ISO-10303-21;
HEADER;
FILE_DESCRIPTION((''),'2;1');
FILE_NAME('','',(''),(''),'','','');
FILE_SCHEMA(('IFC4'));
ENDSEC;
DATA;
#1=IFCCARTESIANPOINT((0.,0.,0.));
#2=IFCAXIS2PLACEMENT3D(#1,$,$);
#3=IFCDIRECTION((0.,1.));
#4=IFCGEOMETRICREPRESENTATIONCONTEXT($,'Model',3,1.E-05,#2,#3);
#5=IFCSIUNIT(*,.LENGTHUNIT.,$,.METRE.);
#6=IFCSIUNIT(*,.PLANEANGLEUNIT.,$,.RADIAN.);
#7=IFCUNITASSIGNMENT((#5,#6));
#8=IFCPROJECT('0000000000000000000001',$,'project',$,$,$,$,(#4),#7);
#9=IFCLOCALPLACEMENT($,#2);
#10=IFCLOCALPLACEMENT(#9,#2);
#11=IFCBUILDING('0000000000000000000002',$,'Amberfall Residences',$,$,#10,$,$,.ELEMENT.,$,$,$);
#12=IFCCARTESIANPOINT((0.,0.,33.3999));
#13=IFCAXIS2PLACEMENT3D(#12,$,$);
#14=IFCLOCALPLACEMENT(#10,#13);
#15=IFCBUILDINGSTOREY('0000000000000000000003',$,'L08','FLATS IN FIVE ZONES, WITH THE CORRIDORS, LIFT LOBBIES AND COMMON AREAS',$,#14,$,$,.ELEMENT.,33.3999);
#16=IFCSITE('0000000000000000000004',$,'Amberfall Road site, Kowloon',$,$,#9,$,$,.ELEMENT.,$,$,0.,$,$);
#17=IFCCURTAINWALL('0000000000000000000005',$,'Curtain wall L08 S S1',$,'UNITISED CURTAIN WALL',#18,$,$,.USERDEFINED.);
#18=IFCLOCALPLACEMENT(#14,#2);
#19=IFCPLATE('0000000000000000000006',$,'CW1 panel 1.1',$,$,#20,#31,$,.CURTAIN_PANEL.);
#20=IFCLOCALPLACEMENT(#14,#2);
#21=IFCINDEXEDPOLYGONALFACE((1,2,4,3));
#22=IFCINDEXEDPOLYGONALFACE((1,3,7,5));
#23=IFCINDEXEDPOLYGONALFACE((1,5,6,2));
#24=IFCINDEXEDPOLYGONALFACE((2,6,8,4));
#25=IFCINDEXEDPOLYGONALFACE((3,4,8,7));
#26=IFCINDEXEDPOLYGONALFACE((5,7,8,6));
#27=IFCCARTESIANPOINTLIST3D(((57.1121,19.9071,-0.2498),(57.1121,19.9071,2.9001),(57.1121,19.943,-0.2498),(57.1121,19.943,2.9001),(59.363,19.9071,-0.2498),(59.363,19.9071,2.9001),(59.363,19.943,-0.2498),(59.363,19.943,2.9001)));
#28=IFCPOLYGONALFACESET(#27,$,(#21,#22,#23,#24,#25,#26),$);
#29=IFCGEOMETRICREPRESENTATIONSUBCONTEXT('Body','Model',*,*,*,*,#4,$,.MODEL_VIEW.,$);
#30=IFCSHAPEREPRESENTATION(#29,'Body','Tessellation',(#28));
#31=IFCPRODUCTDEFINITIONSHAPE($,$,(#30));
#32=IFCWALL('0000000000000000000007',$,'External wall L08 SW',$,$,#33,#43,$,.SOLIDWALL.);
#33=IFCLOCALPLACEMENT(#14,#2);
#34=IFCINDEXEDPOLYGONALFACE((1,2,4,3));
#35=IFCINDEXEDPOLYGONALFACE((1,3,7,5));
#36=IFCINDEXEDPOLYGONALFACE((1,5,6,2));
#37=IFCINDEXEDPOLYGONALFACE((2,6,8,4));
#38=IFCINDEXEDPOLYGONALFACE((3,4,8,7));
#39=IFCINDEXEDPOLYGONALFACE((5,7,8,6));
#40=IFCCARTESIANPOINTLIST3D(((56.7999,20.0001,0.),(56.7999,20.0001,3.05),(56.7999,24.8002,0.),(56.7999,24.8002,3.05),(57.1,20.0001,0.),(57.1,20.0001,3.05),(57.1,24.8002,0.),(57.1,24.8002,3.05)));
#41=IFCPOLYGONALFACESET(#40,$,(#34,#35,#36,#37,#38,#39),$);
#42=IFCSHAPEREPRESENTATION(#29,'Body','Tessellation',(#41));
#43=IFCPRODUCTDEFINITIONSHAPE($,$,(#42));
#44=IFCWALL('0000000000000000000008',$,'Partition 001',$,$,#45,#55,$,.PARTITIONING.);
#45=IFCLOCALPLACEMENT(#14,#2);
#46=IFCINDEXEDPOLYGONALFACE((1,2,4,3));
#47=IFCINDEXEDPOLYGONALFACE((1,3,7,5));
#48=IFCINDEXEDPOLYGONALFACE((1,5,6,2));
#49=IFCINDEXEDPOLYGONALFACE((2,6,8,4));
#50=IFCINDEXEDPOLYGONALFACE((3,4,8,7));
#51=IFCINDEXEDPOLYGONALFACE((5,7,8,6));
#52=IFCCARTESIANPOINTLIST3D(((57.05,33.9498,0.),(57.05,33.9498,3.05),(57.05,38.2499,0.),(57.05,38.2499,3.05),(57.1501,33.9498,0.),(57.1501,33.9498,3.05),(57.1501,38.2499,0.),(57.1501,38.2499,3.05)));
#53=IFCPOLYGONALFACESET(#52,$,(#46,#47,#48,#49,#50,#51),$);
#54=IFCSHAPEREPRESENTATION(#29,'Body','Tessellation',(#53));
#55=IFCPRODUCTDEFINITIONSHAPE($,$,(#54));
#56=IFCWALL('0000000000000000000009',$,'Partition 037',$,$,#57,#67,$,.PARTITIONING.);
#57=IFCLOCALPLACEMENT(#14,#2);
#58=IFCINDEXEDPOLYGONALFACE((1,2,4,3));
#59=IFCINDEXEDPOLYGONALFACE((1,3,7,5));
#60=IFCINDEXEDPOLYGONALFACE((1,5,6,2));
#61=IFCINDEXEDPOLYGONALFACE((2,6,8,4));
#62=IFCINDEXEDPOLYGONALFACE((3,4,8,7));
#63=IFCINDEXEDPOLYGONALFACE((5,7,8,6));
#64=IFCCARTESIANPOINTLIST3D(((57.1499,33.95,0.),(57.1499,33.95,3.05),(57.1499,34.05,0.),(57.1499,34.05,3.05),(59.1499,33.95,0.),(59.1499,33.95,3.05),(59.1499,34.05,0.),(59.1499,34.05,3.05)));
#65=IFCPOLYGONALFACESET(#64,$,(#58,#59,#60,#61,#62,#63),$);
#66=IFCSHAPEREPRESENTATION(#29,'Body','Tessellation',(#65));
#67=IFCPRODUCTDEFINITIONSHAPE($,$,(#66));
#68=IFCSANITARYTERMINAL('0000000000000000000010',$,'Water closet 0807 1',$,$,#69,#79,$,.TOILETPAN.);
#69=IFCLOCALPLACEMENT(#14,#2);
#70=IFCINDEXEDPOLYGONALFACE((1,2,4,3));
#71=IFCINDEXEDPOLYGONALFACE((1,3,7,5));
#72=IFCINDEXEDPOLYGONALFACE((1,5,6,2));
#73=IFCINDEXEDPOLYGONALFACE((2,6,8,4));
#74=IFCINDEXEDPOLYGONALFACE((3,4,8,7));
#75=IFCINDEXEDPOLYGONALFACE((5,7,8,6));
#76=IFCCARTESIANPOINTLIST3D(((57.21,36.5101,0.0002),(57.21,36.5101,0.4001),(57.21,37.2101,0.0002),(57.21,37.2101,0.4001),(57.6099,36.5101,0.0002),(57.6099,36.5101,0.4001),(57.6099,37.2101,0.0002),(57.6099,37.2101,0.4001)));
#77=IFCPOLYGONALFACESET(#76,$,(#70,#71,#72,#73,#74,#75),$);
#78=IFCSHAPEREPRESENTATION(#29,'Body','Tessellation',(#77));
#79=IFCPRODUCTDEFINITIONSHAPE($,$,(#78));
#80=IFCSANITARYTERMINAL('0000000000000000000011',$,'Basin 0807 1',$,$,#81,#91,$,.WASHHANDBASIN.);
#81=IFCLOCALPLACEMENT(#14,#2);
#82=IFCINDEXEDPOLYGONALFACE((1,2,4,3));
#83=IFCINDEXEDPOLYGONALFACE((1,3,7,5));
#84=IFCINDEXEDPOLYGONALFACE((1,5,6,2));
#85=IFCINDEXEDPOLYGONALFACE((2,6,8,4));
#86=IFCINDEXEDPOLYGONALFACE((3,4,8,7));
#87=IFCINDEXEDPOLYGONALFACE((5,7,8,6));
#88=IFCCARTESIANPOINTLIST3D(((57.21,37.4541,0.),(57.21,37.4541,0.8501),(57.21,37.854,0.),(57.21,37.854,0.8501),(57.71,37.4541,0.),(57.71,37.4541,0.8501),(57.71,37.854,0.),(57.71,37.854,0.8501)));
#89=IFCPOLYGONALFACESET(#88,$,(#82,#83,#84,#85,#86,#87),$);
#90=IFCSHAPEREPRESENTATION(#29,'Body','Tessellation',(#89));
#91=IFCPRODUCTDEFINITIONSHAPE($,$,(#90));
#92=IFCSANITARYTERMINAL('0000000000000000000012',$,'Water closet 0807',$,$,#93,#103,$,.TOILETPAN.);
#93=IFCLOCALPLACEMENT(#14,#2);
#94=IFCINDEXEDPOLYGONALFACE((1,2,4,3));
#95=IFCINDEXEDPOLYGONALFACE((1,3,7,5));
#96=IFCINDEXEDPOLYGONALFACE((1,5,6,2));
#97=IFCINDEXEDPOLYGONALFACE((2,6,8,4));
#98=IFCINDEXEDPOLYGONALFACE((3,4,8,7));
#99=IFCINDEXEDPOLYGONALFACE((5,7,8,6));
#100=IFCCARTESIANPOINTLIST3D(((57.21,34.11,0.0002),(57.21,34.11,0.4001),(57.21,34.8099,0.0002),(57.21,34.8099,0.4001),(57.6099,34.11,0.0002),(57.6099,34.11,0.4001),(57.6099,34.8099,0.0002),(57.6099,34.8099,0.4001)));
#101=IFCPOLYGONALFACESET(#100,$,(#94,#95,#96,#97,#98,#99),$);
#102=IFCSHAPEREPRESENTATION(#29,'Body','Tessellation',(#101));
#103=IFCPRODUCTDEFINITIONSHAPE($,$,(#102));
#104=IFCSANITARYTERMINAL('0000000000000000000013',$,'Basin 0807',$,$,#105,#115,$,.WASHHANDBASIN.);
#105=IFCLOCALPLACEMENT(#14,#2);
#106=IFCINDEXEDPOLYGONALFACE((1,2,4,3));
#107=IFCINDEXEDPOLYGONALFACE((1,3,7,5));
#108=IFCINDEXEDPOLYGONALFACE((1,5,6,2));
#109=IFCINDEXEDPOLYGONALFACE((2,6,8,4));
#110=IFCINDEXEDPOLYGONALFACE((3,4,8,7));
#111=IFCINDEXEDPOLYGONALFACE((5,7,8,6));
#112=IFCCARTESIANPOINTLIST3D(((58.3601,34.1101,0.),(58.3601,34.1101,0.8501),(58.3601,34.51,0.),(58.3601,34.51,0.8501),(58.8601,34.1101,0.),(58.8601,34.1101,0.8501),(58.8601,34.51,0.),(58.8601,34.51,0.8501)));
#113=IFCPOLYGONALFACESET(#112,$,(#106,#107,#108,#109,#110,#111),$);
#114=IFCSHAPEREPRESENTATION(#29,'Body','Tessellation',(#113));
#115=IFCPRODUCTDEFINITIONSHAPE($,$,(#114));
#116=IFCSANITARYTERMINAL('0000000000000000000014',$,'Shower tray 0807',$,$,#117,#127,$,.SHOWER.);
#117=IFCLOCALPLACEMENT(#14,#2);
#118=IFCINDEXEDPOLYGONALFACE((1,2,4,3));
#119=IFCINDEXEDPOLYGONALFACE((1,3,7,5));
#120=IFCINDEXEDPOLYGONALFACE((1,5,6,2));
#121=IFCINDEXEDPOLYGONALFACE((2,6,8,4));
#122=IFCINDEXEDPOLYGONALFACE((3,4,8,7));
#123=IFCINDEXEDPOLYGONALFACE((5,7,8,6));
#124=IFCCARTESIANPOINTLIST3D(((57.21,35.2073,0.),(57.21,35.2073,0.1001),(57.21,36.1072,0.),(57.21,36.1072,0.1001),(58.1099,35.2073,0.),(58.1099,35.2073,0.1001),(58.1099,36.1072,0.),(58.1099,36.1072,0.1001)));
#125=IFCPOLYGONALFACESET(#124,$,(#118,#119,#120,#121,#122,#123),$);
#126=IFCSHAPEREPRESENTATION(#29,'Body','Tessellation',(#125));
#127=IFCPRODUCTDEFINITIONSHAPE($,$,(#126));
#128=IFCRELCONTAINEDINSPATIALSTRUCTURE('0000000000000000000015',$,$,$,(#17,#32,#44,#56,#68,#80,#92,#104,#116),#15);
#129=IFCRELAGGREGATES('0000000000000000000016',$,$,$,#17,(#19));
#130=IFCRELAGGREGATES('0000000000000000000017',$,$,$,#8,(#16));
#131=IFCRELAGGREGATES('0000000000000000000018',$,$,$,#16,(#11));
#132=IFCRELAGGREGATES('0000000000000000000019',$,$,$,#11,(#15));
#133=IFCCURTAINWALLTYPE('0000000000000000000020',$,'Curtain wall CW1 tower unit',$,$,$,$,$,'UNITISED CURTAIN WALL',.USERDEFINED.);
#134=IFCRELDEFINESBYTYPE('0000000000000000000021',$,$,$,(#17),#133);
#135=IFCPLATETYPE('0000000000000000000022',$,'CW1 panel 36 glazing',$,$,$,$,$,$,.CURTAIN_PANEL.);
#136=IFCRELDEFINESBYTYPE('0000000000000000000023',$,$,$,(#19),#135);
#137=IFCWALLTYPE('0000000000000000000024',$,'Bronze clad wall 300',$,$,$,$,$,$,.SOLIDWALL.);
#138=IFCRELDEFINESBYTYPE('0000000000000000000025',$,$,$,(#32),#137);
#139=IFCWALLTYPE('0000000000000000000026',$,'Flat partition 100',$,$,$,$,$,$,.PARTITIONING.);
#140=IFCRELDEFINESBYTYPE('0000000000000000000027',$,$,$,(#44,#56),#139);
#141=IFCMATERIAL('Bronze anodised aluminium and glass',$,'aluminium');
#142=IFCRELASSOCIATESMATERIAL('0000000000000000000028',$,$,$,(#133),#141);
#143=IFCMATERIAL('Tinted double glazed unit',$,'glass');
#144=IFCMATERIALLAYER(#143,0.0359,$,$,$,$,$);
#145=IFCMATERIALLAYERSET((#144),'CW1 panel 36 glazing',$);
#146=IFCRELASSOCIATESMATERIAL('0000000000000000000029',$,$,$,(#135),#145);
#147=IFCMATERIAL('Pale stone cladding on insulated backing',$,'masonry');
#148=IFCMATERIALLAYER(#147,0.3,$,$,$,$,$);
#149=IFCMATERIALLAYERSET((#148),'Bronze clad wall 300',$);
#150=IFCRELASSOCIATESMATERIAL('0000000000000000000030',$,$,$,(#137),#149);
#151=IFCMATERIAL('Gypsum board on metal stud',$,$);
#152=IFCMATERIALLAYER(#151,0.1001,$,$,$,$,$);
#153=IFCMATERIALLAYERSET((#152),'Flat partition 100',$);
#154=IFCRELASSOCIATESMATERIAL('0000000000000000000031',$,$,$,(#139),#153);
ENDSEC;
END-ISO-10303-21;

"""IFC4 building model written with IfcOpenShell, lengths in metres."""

from ifc_helpers import new_model, si_unit, direction, frame, frame_2d, origin, origin_2d, place, context, subcontext, project, spatial, rectangle, extrude, material, layer, layer_set, type_object, element, aggregate, save


model = new_model("IFC4")

# Units and contexts
model_context = context("Model", 3, precision=1e-05, world=origin(), true_north=direction((0.0, 1.0)))
body_context = subcontext(model_context, "Body", "Model", "MODEL_VIEW")
ifc_project = project(units=[si_unit("LENGTHUNIT", "METRE"), si_unit("PLANEANGLEUNIT", "RADIAN")], contexts=[model_context])

# Site, building, storey
site_placement = place(None, origin())
site = spatial("IfcSite", under=ifc_project, at=site_placement, Name="Amberfall Road site, Kowloon", CompositionType="ELEMENT", RefElevation=0.0)
building_placement = place(site_placement, origin())
building = spatial("IfcBuilding", under=site, at=building_placement, Name="Amberfall Residences", CompositionType="ELEMENT")
storey_placement = place(building_placement, frame((0.0, 0.0, 33.3999)))
storey = spatial("IfcBuildingStorey", under=building, at=storey_placement, Name="L08", Description="FLATS IN FIVE ZONES, WITH THE CORRIDORS, LIFT LOBBIES AND COMMON AREAS", CompositionType="ELEMENT", Elevation=33.3999)

# Curtain wall
ifc_material_1 = material(Name="Bronze anodised aluminium and glass", Category="aluminium")
curtain_wall_type = type_object("IfcCurtainWallType", Name="Curtain wall CW1 tower unit", ElementType="UNITISED CURTAIN WALL", PredefinedType="USERDEFINED", material=ifc_material_1)
curtain_wall_placement = place(storey_placement, origin())
curtain_wall = element("IfcCurtainWall", 1, at=curtain_wall_placement, inside=storey, type_object=curtain_wall_type, Name="Curtain wall L08 S S1", ObjectType="UNITISED CURTAIN WALL", PredefinedType="USERDEFINED")

# Plate
ifc_material_2 = material(Name="Tinted double glazed unit", Category="glass")
ifc_layer_1 = layer(ifc_material_2, 0.0359)
ifc_layer_set_1 = layer_set([ifc_layer_1], Name="CW1 panel 36 glazing")
plate_type = type_object("IfcPlateType", Name="CW1 panel 36 glazing", PredefinedType="CURTAIN_PANEL", material=ifc_layer_set_1)
plate_placement = place(storey_placement, frame((58.2375, 19.925, -0.2498), z_axis=(0.0, 0.0, 1.0), x_axis=(1.0, 0.0, 0.0)))
plate = element("IfcPlate", 2, at=plate_placement, type_object=plate_type, Name="CW1 panel 1.1", PredefinedType="CURTAIN_PANEL", context=body_context, shape_type="SweptSolid", body=[
    extrude(rectangle(XDim=2.251, YDim=0.0359, at=origin_2d()), origin(), (0.0, 0.0, 1.0), 3.1499),
])
aggregate(curtain_wall, [plate])

# Walls
ifc_material_3 = material(Name="Pale stone cladding on insulated backing", Category="masonry")
ifc_layer_2 = layer(ifc_material_3, 0.3)
ifc_layer_set_2 = layer_set([ifc_layer_2], Name="Bronze clad wall 300")
wall_type_1 = type_object("IfcWallType", Name="Bronze clad wall 300", PredefinedType="SOLIDWALL", material=ifc_layer_set_2)
wall_1_placement = place(storey_placement, frame((56.95, 24.8, 0.0), z_axis=(0.0, 0.0, 1.0), x_axis=(0.0, -1.0, 0.0)))
element("IfcWall", 3, at=wall_1_placement, inside=storey, type_object=wall_type_1, Name="External wall L08 SW", PredefinedType="SOLIDWALL", context=body_context, shape_type="SweptSolid", body=[
    extrude(rectangle(XDim=4.8, YDim=0.3, at=frame_2d((2.3999, 0.0))), origin(), (0.0, 0.0, 1.0), 3.05),
])
ifc_material_4 = material(Name="Gypsum board on metal stud")
ifc_layer_3 = layer(ifc_material_4, 0.1001)
ifc_layer_set_3 = layer_set([ifc_layer_3], Name="Flat partition 100")
wall_type_2 = type_object("IfcWallType", Name="Flat partition 100", PredefinedType="PARTITIONING", material=ifc_layer_set_3)
wall_2_placement = place(storey_placement, frame((57.1001, 33.95, 0.0), z_axis=(0.0, 0.0, 1.0), x_axis=(0.0, 1.0, 0.0)))
element("IfcWall", 4, at=wall_2_placement, inside=storey, type_object=wall_type_2, Name="Partition 001", PredefinedType="PARTITIONING", context=body_context, shape_type="SweptSolid", body=[
    extrude(rectangle(XDim=4.3, YDim=0.1001, at=frame_2d((2.1499, 0.0))), origin(), (0.0, 0.0, 1.0), 3.05),
])
wall_3_placement = place(storey_placement, frame((57.1499, 34.0, 0.0), z_axis=(0.0, 0.0, 1.0), x_axis=(1.0, 0.0, 0.0)))
element("IfcWall", 5, at=wall_3_placement, inside=storey, type_object=wall_type_2, Name="Partition 037", PredefinedType="PARTITIONING", context=body_context, shape_type="SweptSolid", body=[
    extrude(rectangle(XDim=2.0, YDim=0.1001, at=frame_2d((1.0, 0.0))), origin(), (0.0, 0.0, 1.0), 3.05),
])

# Sanitary terminals
sanitary_terminal_1_placement = place(storey_placement, frame((57.4099, 36.8601, 0.0002), z_axis=(0.0, 0.0, 1.0), x_axis=(1.0, 0.0, 0.0)))
element("IfcSanitaryTerminal", 6, at=sanitary_terminal_1_placement, inside=storey, Name="Water closet 0807 1", PredefinedType="TOILETPAN", context=body_context, shape_type="SweptSolid", body=[
    extrude(rectangle(XDim=0.3999, YDim=0.7, at=origin_2d()), origin(), (0.0, 0.0, 1.0), 0.3999),
])
sanitary_terminal_2_placement = place(storey_placement, frame((57.46, 37.6541, 0.0), z_axis=(0.0, 0.0, 1.0), x_axis=(1.0, 0.0, 0.0)))
element("IfcSanitaryTerminal", 7, at=sanitary_terminal_2_placement, inside=storey, Name="Basin 0807 1", PredefinedType="WASHHANDBASIN", context=body_context, shape_type="SweptSolid", body=[
    extrude(rectangle(XDim=0.5, YDim=0.3999, at=origin_2d()), origin(), (0.0, 0.0, 1.0), 0.8501),
])
sanitary_terminal_3_placement = place(storey_placement, frame((57.4099, 34.46, 0.0002), z_axis=(0.0, 0.0, 1.0), x_axis=(1.0, 0.0, 0.0)))
element("IfcSanitaryTerminal", 8, at=sanitary_terminal_3_placement, inside=storey, Name="Water closet 0807", PredefinedType="TOILETPAN", context=body_context, shape_type="SweptSolid", body=[
    extrude(rectangle(XDim=0.3999, YDim=0.7, at=origin_2d()), origin(), (0.0, 0.0, 1.0), 0.3999),
])
sanitary_terminal_4_placement = place(storey_placement, frame((58.6101, 34.3101, 0.0), z_axis=(0.0, 0.0, 1.0), x_axis=(1.0, 0.0, 0.0)))
element("IfcSanitaryTerminal", 9, at=sanitary_terminal_4_placement, inside=storey, Name="Basin 0807", PredefinedType="WASHHANDBASIN", context=body_context, shape_type="SweptSolid", body=[
    extrude(rectangle(XDim=0.5, YDim=0.3999, at=origin_2d()), origin(), (0.0, 0.0, 1.0), 0.8501),
])
sanitary_terminal_5_placement = place(storey_placement, frame((57.6599, 35.6572, 0.0), z_axis=(0.0, 0.0, 1.0), x_axis=(1.0, 0.0, 0.0)))
element("IfcSanitaryTerminal", 10, at=sanitary_terminal_5_placement, inside=storey, Name="Shower tray 0807", PredefinedType="SHOWER", context=body_context, shape_type="SweptSolid", body=[
    extrude(rectangle(XDim=0.8999, YDim=0.8999, at=origin_2d()), origin(), (0.0, 0.0, 1.0), 0.1001),
])

save(model, "model.ifc")
